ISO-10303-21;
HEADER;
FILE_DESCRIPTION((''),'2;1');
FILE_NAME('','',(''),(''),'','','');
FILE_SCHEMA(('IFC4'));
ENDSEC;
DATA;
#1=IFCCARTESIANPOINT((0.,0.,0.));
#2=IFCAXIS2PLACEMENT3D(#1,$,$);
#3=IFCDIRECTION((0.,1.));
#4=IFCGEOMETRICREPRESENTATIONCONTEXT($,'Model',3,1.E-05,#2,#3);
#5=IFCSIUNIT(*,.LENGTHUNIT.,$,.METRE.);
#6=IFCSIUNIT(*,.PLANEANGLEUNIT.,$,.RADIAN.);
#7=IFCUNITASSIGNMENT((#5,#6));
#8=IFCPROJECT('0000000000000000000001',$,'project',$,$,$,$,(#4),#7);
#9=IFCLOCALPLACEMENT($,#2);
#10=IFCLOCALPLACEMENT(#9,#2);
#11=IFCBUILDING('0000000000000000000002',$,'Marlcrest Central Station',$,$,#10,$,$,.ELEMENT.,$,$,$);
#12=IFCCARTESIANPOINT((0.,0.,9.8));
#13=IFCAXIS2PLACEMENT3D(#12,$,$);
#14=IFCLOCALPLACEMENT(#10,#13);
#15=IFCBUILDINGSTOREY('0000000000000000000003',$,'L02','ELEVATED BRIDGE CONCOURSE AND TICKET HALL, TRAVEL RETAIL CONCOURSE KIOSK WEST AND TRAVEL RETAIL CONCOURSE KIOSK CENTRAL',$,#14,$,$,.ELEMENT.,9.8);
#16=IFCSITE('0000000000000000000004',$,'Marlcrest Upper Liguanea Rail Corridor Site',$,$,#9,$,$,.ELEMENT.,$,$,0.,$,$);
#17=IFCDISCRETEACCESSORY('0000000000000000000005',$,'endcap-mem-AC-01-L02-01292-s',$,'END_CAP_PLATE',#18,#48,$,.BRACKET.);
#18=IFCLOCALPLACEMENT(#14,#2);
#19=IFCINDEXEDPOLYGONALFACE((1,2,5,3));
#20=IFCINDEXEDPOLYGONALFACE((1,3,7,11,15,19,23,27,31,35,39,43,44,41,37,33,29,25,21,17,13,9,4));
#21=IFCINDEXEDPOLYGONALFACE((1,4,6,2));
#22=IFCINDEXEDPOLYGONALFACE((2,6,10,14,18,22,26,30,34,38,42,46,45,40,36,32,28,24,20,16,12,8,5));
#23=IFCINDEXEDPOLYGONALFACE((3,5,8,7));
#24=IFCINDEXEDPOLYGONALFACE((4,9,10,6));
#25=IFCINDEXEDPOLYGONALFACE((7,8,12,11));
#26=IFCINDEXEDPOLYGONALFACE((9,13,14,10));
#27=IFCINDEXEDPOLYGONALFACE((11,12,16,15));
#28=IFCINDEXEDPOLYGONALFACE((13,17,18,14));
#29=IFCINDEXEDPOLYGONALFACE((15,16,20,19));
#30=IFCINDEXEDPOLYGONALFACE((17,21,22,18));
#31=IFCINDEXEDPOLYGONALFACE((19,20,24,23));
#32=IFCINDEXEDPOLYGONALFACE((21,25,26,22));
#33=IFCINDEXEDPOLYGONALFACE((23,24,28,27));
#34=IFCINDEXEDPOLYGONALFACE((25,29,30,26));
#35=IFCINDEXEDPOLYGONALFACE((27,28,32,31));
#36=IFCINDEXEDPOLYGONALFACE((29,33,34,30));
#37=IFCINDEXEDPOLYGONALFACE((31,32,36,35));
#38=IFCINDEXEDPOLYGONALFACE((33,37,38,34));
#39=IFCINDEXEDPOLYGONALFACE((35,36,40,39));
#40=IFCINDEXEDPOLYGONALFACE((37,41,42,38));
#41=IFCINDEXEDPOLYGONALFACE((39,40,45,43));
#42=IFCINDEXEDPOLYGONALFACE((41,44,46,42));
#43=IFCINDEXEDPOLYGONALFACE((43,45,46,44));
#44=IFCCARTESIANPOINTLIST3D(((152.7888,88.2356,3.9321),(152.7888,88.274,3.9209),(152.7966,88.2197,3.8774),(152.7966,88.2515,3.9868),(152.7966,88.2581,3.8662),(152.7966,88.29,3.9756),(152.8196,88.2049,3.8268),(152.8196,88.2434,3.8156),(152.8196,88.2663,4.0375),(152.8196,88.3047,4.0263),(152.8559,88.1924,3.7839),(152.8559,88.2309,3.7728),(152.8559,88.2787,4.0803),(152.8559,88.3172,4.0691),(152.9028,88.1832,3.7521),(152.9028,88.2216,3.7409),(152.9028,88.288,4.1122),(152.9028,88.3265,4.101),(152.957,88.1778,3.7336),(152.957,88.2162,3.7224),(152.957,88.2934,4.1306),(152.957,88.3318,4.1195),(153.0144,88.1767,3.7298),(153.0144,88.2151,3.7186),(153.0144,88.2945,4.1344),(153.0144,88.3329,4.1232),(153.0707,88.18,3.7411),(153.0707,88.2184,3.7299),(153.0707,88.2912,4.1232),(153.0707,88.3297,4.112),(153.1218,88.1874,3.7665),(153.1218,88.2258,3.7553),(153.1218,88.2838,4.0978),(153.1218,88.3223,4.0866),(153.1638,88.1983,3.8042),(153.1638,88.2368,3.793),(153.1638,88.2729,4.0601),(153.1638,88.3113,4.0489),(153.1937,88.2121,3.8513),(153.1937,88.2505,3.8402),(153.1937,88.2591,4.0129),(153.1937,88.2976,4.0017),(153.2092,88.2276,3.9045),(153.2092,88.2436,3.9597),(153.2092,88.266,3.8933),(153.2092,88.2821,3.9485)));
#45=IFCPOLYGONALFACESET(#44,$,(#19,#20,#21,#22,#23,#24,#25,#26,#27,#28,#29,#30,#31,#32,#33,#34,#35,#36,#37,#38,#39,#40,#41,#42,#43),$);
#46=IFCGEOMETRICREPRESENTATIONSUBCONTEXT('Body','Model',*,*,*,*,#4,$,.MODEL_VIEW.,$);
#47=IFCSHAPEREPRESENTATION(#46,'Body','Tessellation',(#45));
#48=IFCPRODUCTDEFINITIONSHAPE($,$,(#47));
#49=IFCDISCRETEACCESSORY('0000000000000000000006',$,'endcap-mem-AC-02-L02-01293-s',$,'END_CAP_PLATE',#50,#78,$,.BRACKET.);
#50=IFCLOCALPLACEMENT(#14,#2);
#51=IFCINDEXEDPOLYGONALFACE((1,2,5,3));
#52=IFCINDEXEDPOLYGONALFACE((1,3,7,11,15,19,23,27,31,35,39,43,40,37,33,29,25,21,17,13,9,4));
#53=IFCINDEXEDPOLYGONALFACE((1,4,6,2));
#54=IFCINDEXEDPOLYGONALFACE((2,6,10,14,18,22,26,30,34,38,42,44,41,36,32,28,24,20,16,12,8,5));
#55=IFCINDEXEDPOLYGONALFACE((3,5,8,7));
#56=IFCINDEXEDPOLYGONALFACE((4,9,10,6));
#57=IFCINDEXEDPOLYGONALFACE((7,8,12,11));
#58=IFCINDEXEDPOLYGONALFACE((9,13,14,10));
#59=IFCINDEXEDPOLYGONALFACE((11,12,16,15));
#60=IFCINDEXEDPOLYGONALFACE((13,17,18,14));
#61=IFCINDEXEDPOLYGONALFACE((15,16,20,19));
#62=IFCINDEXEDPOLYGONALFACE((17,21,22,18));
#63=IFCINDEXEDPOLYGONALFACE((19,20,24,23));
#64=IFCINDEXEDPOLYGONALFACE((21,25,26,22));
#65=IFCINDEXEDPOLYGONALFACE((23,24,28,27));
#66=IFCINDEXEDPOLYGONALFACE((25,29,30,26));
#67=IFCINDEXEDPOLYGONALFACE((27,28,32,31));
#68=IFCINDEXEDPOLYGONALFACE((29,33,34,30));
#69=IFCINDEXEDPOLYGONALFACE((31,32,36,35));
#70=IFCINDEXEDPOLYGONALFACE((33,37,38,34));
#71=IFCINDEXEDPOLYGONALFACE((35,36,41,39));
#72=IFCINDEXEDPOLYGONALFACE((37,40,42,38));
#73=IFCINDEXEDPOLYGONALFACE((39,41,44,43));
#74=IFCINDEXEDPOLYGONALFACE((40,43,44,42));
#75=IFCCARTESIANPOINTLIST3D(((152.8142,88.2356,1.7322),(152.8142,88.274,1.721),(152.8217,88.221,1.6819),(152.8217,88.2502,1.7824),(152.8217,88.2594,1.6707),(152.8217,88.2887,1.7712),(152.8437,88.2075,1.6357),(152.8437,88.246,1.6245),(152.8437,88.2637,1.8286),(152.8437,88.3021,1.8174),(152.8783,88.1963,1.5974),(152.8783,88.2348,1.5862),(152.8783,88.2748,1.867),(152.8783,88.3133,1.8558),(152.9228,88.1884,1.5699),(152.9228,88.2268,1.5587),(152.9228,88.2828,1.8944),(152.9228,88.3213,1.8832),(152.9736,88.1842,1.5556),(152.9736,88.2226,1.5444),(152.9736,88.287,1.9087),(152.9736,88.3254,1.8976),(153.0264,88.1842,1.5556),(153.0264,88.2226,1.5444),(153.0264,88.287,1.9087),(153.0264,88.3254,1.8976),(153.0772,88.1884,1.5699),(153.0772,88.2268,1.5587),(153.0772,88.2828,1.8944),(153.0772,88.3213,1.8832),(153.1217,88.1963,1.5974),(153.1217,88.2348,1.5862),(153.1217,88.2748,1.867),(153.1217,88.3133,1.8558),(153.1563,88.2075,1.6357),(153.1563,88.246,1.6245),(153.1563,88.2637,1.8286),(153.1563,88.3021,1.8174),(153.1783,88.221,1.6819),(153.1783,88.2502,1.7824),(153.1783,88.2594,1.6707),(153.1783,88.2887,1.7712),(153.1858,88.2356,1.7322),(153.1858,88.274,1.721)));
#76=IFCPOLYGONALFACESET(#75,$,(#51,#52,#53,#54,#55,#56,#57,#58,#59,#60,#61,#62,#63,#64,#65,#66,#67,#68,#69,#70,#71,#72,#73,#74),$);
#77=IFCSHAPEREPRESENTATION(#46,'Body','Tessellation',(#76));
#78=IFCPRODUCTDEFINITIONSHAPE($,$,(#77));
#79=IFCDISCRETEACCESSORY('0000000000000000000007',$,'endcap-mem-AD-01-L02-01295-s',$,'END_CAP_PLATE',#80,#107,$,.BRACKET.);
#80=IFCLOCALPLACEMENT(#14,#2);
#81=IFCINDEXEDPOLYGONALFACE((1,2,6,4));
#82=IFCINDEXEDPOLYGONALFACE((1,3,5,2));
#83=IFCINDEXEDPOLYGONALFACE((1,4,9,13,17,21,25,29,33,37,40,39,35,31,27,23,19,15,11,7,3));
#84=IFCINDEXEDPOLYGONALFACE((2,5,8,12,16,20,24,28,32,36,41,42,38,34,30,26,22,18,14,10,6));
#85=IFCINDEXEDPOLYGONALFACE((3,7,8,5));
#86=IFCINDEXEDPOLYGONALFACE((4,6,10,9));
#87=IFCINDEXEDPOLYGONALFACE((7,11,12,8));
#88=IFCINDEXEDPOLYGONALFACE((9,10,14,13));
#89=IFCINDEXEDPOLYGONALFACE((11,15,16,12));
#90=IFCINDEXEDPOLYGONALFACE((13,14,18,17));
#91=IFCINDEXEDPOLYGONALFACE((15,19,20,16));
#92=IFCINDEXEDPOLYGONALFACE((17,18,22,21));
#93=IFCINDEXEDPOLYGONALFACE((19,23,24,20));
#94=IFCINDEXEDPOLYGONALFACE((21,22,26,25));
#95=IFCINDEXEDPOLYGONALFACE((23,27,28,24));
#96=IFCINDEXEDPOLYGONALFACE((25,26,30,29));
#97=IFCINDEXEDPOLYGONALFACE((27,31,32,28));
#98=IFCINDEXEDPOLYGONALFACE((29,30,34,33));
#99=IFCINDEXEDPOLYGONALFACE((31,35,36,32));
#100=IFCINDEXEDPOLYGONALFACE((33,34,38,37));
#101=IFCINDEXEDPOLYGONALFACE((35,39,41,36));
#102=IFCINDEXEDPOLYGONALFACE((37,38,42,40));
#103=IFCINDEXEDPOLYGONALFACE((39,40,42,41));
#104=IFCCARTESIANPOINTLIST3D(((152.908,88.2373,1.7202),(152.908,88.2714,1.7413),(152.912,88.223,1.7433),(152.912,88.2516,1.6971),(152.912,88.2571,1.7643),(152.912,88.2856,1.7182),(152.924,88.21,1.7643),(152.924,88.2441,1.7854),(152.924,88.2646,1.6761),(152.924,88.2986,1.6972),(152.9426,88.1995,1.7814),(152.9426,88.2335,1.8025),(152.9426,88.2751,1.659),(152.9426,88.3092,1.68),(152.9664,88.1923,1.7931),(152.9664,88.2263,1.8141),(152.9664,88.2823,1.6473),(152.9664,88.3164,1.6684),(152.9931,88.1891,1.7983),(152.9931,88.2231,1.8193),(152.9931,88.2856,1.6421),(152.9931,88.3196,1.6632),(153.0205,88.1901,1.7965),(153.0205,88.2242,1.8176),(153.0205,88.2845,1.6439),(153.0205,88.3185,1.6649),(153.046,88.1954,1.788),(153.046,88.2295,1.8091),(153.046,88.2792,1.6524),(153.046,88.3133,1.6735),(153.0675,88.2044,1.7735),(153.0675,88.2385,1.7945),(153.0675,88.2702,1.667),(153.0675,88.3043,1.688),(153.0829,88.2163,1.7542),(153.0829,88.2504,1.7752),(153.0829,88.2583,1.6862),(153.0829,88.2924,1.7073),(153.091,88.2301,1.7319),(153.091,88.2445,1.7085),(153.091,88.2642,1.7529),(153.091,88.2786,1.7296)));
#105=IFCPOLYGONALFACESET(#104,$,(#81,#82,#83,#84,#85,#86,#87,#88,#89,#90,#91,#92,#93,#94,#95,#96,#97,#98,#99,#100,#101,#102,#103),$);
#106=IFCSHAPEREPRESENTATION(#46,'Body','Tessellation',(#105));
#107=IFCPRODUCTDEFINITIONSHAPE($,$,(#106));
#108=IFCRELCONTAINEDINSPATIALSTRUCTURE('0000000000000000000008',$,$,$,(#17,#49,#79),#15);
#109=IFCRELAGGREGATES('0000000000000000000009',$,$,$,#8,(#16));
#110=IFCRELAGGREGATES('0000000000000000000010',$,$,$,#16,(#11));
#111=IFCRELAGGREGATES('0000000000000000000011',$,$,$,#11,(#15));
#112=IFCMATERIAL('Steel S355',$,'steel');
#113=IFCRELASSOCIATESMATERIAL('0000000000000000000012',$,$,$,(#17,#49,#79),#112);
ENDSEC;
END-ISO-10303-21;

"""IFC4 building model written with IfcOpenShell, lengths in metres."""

from ifc_helpers import new_model, si_unit, direction, frame, origin, origin_2d, place, context, subcontext, project, spatial, circle, extrude, material, element, save


model = new_model("IFC4")

# Units and contexts
model_context = context("Model", 3, precision=1e-05, world=origin(), true_north=direction((0.0, 1.0)))
body_context = subcontext(model_context, "Body", "Model", "MODEL_VIEW")
ifc_project = project(units=[si_unit("LENGTHUNIT", "METRE"), si_unit("PLANEANGLEUNIT", "RADIAN")], contexts=[model_context])

# Site, building, storey
site_placement = place(None, origin())
site = spatial("IfcSite", under=ifc_project, at=site_placement, Name="Marlcrest Upper Liguanea Rail Corridor Site", CompositionType="ELEMENT", RefElevation=0.0)
building_placement = place(site_placement, origin())
building = spatial("IfcBuilding", under=site, at=building_placement, Name="Marlcrest Central Station", CompositionType="ELEMENT")
storey_placement = place(building_placement, frame((0.0, 0.0, 9.8)))
storey = spatial("IfcBuildingStorey", under=building, at=storey_placement, Name="L02", Description="ELEVATED BRIDGE CONCOURSE AND TICKET HALL, TRAVEL RETAIL CONCOURSE KIOSK WEST AND TRAVEL RETAIL CONCOURSE KIOSK CENTRAL", CompositionType="ELEMENT", Elevation=9.8)

# Shared definitions
ifc_material_1 = material(Name="Steel S355", Category="steel")

# Discrete accessories
discrete_accessory_1_placement = place(storey_placement, frame((153.0, 88.2356, 3.9321), z_axis=(0.0, 0.96013, -0.279554), x_axis=(-1.0, 0.0, 0.0)))
element("IfcDiscreteAccessory", 1, at=discrete_accessory_1_placement, inside=storey, material=ifc_material_1, Name="endcap-mem-AC-01-L02-01292-s", ObjectType="END_CAP_PLATE", PredefinedType="BRACKET", context=body_context, shape_type="SweptSolid", body=[
    extrude(circle(Radius=0.2112, at=origin_2d()), origin(), (0.0, 0.0, 1.0), 0.04),
])
discrete_accessory_2_placement = place(storey_placement, frame((153.0, 88.2356, 1.7322), z_axis=(0.0, 0.96013, -0.279554), x_axis=(-1.0, 0.0, 0.0)))
element("IfcDiscreteAccessory", 2, at=discrete_accessory_2_placement, inside=storey, material=ifc_material_1, Name="endcap-mem-AC-02-L02-01293-s", ObjectType="END_CAP_PLATE", PredefinedType="BRACKET", context=body_context, shape_type="SweptSolid", body=[
    extrude(circle(Radius=0.1858, at=origin_2d()), origin(), (0.0, 0.0, 1.0), 0.04),
])
discrete_accessory_3_placement = place(storey_placement, frame((153.0, 88.2373, 1.7202), z_axis=(0.0, 0.850687, 0.525672), x_axis=(-1.0, 0.0, 0.0)))
element("IfcDiscreteAccessory", 3, at=discrete_accessory_3_placement, inside=storey, material=ifc_material_1, Name="endcap-mem-AD-01-L02-01295-s", ObjectType="END_CAP_PLATE", PredefinedType="BRACKET", context=body_context, shape_type="SweptSolid", body=[
    extrude(circle(Radius=0.092, at=origin_2d()), origin(), (0.0, 0.0, 1.0), 0.04),
])

save(model, "model.ifc")
